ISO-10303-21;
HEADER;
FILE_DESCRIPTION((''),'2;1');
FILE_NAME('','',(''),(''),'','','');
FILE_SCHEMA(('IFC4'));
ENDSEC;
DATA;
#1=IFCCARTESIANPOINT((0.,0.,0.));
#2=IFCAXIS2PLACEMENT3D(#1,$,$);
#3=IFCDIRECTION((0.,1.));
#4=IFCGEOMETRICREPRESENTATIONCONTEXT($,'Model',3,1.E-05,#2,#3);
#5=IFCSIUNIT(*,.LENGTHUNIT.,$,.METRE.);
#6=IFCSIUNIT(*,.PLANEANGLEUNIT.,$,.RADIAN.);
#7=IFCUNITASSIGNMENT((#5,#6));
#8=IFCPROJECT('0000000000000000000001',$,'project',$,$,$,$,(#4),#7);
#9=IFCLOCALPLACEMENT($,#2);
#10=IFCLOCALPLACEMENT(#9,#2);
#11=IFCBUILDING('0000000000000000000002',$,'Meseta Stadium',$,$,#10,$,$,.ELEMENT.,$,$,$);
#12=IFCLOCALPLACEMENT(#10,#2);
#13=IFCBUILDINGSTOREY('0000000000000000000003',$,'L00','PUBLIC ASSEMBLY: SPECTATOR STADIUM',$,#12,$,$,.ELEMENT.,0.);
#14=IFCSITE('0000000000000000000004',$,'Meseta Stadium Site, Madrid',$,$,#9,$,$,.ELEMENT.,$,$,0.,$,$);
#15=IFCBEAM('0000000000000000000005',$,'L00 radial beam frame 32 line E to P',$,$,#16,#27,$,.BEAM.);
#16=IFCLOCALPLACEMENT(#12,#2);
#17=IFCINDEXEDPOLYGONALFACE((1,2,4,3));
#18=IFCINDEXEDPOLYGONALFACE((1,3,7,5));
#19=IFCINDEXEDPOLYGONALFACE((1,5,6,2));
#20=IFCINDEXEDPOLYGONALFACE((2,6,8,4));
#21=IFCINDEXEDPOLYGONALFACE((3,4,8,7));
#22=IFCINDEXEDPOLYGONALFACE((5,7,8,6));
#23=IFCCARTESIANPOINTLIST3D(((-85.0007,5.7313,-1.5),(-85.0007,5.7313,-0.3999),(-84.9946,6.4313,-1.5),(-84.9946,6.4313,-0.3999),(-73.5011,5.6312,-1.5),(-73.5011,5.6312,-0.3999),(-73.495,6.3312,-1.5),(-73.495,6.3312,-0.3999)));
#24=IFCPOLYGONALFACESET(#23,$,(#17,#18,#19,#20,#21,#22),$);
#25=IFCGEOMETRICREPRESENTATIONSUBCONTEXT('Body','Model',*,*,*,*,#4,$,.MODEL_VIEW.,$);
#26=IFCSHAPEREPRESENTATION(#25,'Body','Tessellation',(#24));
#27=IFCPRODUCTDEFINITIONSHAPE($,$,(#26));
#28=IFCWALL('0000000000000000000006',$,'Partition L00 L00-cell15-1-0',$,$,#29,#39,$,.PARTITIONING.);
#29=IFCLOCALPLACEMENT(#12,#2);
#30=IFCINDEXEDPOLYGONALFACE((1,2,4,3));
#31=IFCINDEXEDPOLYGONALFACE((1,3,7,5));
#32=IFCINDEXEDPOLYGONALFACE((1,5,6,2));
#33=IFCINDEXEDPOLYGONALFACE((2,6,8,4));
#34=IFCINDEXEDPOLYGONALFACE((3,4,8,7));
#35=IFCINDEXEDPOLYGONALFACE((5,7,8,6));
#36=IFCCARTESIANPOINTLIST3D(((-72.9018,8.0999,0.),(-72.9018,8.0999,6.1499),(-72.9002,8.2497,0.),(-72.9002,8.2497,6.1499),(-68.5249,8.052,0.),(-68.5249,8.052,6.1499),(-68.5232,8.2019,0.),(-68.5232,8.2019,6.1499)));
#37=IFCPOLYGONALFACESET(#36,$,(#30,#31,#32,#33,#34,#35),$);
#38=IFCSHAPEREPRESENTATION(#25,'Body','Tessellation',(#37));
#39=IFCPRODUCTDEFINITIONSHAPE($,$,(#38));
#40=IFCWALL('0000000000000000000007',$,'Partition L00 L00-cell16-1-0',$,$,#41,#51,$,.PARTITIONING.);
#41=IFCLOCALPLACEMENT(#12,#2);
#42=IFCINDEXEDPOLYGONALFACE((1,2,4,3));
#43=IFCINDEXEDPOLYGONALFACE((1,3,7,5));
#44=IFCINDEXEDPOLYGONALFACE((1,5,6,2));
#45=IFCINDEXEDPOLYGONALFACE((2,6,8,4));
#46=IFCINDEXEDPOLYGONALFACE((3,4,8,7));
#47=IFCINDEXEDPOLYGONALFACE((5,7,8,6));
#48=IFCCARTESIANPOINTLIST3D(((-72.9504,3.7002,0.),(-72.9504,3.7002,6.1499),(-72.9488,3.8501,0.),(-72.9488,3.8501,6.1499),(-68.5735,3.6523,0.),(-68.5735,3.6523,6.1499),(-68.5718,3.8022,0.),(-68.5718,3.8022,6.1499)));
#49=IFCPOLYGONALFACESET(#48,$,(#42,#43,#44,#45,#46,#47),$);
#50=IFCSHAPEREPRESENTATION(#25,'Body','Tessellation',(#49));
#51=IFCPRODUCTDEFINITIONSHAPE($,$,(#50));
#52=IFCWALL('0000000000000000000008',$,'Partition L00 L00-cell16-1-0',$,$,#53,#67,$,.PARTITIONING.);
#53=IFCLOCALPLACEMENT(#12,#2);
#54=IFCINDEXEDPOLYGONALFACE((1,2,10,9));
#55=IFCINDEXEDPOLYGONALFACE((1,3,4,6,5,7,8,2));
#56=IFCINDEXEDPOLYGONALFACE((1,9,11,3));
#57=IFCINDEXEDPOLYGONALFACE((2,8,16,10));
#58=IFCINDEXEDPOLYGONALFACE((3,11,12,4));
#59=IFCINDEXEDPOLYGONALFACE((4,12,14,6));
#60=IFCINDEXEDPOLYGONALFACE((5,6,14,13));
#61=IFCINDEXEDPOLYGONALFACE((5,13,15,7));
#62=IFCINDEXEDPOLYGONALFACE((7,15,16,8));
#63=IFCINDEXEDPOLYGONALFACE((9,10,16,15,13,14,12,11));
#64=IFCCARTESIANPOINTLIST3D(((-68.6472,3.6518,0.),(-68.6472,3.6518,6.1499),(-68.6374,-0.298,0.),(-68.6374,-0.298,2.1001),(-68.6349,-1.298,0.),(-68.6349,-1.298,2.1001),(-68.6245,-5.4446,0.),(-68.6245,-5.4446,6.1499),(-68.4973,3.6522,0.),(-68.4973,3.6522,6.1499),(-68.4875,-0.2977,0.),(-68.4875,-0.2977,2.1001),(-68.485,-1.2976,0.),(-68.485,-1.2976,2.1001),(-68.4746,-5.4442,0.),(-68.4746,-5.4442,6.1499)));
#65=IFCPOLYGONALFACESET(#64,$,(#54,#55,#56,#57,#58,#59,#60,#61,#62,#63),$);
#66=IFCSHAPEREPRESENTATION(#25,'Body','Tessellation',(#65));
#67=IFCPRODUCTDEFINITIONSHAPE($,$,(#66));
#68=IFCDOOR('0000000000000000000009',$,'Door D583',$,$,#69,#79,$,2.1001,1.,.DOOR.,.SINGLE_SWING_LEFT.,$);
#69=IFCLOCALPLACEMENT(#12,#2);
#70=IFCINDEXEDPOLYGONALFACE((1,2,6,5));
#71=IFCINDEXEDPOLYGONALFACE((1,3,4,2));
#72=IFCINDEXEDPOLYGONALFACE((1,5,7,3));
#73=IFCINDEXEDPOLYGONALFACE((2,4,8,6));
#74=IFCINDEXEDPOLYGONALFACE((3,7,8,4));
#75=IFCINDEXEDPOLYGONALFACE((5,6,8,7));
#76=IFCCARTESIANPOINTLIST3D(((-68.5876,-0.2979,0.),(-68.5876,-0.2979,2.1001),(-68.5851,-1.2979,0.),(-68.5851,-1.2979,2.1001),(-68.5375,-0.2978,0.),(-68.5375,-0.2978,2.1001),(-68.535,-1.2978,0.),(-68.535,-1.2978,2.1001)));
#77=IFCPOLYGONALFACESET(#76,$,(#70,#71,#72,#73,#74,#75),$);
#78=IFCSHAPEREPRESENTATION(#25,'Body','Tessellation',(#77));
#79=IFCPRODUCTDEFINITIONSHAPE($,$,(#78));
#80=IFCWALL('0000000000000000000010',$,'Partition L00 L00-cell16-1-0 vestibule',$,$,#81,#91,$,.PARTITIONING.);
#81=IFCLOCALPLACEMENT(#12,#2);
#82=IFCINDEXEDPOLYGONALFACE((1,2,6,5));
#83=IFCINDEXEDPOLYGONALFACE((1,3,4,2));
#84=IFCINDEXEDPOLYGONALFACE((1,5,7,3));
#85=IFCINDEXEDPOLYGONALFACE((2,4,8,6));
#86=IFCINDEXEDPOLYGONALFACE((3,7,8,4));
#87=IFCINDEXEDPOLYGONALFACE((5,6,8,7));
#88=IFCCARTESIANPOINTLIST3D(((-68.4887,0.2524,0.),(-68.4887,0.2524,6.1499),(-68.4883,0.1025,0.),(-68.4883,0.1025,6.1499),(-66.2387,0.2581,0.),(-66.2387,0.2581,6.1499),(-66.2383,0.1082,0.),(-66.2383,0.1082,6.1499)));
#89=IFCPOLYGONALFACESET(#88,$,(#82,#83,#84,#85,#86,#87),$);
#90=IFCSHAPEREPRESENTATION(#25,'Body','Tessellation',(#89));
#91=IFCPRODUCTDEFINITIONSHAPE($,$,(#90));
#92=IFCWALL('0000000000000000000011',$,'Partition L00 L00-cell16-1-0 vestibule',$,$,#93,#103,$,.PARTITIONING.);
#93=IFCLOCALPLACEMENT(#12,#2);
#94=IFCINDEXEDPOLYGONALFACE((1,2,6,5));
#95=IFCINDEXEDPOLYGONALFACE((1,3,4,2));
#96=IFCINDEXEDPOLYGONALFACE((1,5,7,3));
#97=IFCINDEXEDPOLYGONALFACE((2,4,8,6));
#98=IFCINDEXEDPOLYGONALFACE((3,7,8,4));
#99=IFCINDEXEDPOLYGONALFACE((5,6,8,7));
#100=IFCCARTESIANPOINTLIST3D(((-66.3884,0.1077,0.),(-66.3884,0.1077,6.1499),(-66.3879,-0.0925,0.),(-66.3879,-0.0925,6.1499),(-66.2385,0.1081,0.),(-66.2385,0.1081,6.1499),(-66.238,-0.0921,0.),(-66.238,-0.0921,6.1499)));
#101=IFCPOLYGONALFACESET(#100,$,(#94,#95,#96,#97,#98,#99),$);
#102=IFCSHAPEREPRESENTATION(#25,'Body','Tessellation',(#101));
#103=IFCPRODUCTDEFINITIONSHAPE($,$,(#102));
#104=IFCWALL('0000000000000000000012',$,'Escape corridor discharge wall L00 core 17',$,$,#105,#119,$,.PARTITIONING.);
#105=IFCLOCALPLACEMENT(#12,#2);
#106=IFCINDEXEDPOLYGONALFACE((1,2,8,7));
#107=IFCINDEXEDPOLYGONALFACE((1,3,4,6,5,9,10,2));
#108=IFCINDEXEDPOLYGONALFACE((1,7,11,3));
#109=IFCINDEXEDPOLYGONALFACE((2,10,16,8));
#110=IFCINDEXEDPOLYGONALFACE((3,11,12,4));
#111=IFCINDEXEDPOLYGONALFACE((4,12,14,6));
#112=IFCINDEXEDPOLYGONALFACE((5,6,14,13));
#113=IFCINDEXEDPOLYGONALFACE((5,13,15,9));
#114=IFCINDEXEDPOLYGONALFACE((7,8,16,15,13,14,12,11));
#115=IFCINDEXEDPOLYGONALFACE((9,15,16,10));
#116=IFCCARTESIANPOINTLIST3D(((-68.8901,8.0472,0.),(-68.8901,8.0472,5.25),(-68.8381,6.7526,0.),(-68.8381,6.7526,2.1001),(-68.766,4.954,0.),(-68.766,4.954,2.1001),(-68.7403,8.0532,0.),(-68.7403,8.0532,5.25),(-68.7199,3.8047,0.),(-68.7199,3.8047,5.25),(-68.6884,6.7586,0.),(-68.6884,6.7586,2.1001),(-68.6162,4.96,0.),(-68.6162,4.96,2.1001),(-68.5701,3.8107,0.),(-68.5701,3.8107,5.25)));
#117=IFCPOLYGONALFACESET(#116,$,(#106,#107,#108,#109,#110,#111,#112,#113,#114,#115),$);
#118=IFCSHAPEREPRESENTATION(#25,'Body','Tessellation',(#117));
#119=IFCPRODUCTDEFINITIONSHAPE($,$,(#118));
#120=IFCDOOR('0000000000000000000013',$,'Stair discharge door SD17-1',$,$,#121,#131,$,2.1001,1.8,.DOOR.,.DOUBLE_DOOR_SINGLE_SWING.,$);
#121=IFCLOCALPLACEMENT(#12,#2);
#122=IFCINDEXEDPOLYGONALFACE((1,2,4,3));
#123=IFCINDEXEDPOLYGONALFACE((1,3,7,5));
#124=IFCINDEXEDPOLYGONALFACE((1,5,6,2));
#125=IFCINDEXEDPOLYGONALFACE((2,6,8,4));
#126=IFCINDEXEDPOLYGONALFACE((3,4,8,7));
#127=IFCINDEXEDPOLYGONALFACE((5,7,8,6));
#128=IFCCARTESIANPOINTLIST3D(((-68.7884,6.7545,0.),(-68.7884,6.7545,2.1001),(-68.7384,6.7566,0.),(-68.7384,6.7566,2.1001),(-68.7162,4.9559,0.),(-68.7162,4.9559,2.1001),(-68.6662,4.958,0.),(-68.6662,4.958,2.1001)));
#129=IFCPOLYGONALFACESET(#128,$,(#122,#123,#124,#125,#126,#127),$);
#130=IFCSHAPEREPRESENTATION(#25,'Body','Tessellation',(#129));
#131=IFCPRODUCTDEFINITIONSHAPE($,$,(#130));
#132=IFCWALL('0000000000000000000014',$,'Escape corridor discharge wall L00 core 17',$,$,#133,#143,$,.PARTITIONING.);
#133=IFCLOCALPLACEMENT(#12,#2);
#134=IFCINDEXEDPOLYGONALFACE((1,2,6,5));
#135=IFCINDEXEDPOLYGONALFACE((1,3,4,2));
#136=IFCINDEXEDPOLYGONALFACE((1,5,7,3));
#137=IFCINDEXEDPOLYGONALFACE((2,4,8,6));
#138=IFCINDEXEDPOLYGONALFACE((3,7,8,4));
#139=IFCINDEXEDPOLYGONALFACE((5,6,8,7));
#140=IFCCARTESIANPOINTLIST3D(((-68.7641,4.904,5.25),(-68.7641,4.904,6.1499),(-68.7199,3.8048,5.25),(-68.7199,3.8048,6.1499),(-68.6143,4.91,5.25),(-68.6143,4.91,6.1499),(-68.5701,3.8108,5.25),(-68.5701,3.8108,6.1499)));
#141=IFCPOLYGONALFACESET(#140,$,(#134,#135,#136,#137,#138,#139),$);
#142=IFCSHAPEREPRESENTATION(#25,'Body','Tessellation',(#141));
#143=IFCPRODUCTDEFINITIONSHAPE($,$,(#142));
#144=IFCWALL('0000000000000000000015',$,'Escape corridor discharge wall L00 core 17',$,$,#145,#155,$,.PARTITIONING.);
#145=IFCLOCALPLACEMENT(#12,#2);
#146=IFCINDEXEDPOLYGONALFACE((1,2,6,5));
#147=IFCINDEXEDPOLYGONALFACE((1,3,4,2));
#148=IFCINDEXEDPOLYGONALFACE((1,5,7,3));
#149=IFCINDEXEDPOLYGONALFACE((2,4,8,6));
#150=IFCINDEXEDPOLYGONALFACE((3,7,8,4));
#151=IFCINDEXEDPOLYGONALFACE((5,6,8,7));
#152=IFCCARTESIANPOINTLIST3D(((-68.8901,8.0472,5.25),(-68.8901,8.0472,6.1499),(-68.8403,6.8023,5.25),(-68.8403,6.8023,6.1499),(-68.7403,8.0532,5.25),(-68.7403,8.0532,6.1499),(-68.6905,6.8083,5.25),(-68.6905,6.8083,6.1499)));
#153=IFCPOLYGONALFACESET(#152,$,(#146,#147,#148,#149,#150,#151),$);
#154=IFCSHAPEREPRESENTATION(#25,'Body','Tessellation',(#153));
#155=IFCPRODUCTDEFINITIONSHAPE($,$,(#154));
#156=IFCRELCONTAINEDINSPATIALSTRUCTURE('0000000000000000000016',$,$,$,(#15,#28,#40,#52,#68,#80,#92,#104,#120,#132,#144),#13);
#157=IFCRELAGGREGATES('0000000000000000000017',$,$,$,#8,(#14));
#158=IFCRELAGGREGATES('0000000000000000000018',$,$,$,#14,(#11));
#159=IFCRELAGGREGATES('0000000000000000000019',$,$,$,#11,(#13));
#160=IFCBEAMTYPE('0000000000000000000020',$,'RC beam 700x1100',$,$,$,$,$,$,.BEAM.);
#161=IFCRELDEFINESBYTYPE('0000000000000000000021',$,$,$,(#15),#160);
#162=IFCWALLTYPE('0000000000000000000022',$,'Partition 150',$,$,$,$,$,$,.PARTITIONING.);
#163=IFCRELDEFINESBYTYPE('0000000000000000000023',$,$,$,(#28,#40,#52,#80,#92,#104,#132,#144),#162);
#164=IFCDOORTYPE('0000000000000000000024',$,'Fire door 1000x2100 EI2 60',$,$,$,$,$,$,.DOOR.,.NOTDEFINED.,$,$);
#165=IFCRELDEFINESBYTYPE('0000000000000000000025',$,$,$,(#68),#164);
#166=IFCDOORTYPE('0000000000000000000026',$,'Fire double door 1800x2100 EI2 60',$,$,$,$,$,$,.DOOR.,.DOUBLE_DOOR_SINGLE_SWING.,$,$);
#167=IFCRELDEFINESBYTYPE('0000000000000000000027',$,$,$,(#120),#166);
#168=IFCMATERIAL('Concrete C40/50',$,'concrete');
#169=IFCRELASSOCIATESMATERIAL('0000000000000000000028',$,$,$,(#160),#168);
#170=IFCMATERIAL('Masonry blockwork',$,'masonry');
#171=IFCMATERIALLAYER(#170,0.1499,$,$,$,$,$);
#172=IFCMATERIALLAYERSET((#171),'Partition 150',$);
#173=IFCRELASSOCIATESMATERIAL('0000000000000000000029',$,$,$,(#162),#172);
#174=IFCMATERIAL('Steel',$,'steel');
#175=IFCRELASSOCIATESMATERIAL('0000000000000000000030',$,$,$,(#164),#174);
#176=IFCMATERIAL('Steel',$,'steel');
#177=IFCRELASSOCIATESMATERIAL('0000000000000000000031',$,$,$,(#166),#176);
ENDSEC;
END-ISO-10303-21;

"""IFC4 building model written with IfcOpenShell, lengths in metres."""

from ifc_helpers import new_model, si_unit, direction, frame, frame_2d, origin, origin_2d, place, context, subcontext, project, spatial, rectangle, extrude, material, layer, layer_set, material_profile, profile_set, type_object, element, fill, save


model = new_model("IFC4")

# Units and contexts
model_context = context("Model", 3, precision=1e-05, world=origin(), true_north=direction((0.0, 1.0)))
body_context = subcontext(model_context, "Body", "Model", "MODEL_VIEW")
ifc_project = project(units=[si_unit("LENGTHUNIT", "METRE"), si_unit("PLANEANGLEUNIT", "RADIAN")], contexts=[model_context])

# Site, building, storey
site_placement = place(None, origin())
site = spatial("IfcSite", under=ifc_project, at=site_placement, Name="Meseta Stadium Site, Madrid", CompositionType="ELEMENT", RefElevation=0.0)
building_placement = place(site_placement, origin())
building = spatial("IfcBuilding", under=site, at=building_placement, Name="Meseta Stadium", CompositionType="ELEMENT")
storey_placement = place(building_placement, origin())
storey = spatial("IfcBuildingStorey", under=building, at=storey_placement, Name="L00", Description="PUBLIC ASSEMBLY: SPECTATOR STADIUM", CompositionType="ELEMENT", Elevation=0.0)

# Beam
ifc_material_1 = material(Name="Concrete C40/50", Category="concrete")
ifc_material_profile_1 = material_profile(ifc_material_1, rectangle(XDim=0.7, YDim=1.1001, at=origin_2d()), Name="RC 700x1100")
ifc_profile_set_1 = profile_set([ifc_material_profile_1], Name="Concrete C40/50")
beam_type_1 = type_object("IfcBeamType", Name="RC beam 700x1100", PredefinedType="BEAM", material=ifc_profile_set_1)
beam_1_placement = place(storey_placement, frame((-73.498, 5.9812, -0.95), z_axis=(-0.999962, 0.008704, 0.0), x_axis=(-0.008704, -0.999962, 0.0)))
element("IfcBeam", 1, at=beam_1_placement, inside=storey, type_object=beam_type_1, Name="L00 radial beam frame 32 line E to P", PredefinedType="BEAM", context=body_context, shape_type="SweptSolid", body=[
    extrude(rectangle(XDim=0.7, YDim=1.1001, at=origin_2d()), origin(), (0.0, 0.0, 1.0), 11.5),
])

# Walls
ifc_material_2 = material(Name="Masonry blockwork", Category="masonry")
ifc_layer = layer(ifc_material_2, 0.1499)
ifc_layer_set = layer_set([ifc_layer], Name="Partition 150")
wall_type = type_object("IfcWallType", Name="Partition 150", PredefinedType="PARTITIONING", material=ifc_layer_set)
for number, where, z_axis, x_axis, name in (
    (2, (-68.5242, 8.127, 0.0), (0.0, 0.0, 1.0), (-0.99994, 0.010932, 0.0), "Partition L00 L00-cell15-1-0"),
    (3, (-72.9495, 3.7751, 0.0), (0.0, 0.0, 1.0), (0.99994, -0.010932, 0.0), "Partition L00 L00-cell16-1-0"),
):
    element("IfcWall", number, at=place(storey_placement, frame(where, z_axis=z_axis, x_axis=x_axis)), inside=storey, type_object=wall_type, Name=name, PredefinedType="PARTITIONING", context=body_context, shape_type="SweptSolid", body=[
        extrude(rectangle(XDim=4.3772, YDim=0.1499, at=frame_2d((2.1885, 0.0))), origin(), (0.0, 0.0, 1.0), 6.1499),
    ])

# Wall, opening, door
wall_1_placement = place(storey_placement, frame((-68.5723, 3.6521, 0.0), z_axis=(0.0, 0.0, 1.0), x_axis=(0.002496, -0.999997, 0.0)))
wall_1 = element("IfcWall", 4, at=wall_1_placement, inside=storey, type_object=wall_type, Name="Partition L00 L00-cell16-1-0", PredefinedType="PARTITIONING", context=body_context, shape_type="SweptSolid", body=[
    extrude(rectangle(XDim=9.0964, YDim=0.1499, at=frame_2d((4.5483, 0.0))), origin(), (0.0, 0.0, 1.0), 6.1499),
])
opening_1_placement = place(wall_1_placement, frame((3.95, 0.0, 0.0)))
opening_1 = element("IfcOpeningElement", 5, at=opening_1_placement, cuts=wall_1, PredefinedType="OPENING", context=body_context, shape_type="SweptSolid", body=[
    extrude(rectangle(XDim=1.0, YDim=2.1001, at=frame_2d((0.5, 1.05))), frame((0.0, 0.085, 0.0), z_axis=(0.0, -1.0, 0.0), x_axis=(1.0, 0.0, 0.0)), (0.0, 0.0, 1.0), 0.1699),
])
ifc_material_3 = material(Name="Steel", Category="steel")
door_type_1 = type_object("IfcDoorType", Name="Fire door 1000x2100 EI2 60", OperationType="NOTDEFINED", PredefinedType="DOOR", material=ifc_material_3)
door_1_placement = place(opening_1_placement, origin())
door_1 = element("IfcDoor", 6, at=door_1_placement, inside=storey, type_object=door_type_1, Name="Door D583", OperationType="SINGLE_SWING_LEFT", OverallHeight=2.1001, OverallWidth=1.0, PredefinedType="DOOR", context=body_context, shape_type="SweptSolid", body=[
    extrude(rectangle(XDim=1.0, YDim=2.1001, at=frame_2d((0.5, 1.05))), frame((0.0, 0.0249, 0.0), z_axis=(0.0, -1.0, 0.0), x_axis=(1.0, 0.0, 0.0)), (0.0, 0.0, 1.0), 0.05),
])
fill(opening_1, door_1)

# Walls
wall_2_placement = place(storey_placement, frame((-68.4885, 0.1775, 0.0), z_axis=(0.0, 0.0, 1.0), x_axis=(0.999997, 0.002496, 0.0)))
element("IfcWall", 7, at=wall_2_placement, inside=storey, type_object=wall_type, Name="Partition L00 L00-cell16-1-0 vestibule", PredefinedType="PARTITIONING", context=body_context, shape_type="SweptSolid", body=[
    extrude(rectangle(XDim=2.25, YDim=0.1499, at=frame_2d((1.125, 0.0))), origin(), (0.0, 0.0, 1.0), 6.1499),
])
wall_3_placement = place(storey_placement, frame((-66.3135, 0.1079, 0.0), z_axis=(0.0, 0.0, 1.0), x_axis=(0.002439, -0.999997, 0.0)))
element("IfcWall", 8, at=wall_3_placement, inside=storey, type_object=wall_type, Name="Partition L00 L00-cell16-1-0 vestibule", PredefinedType="PARTITIONING", context=body_context, shape_type="SweptSolid", body=[
    extrude(rectangle(XDim=0.2002, YDim=0.1499, at=frame_2d((0.1001, 0.0))), origin(), (0.0, 0.0, 1.0), 6.1499),
])

# Wall, opening, door
wall_4_placement = place(storey_placement, frame((-68.8152, 8.0503, 0.0), z_axis=(0.0, 0.0, 1.0), x_axis=(0.040078, -0.999197, 0.0)))
wall_4 = element("IfcWall", 9, at=wall_4_placement, inside=storey, type_object=wall_type, Name="Escape corridor discharge wall L00 core 17", PredefinedType="PARTITIONING", context=body_context, shape_type="SweptSolid", body=[
    extrude(rectangle(XDim=4.2458, YDim=0.1499, at=frame_2d((2.123, 0.0))), origin(), (0.0, 0.0, 1.0), 5.25),
])
opening_2_placement = place(wall_4_placement, frame((1.2959, 0.0, 0.0)))
opening_2 = element("IfcOpeningElement", 10, at=opening_2_placement, cuts=wall_4, PredefinedType="OPENING", context=body_context, shape_type="SweptSolid", body=[
    extrude(rectangle(XDim=1.8, YDim=2.1001, at=frame_2d((0.8999, 1.05))), frame((0.0, 0.085, 0.0), z_axis=(0.0, -1.0, 0.0), x_axis=(1.0, 0.0, 0.0)), (0.0, 0.0, 1.0), 0.1699),
])
ifc_material_4 = material(Name="Steel", Category="steel")
door_type_2 = type_object("IfcDoorType", Name="Fire double door 1800x2100 EI2 60", OperationType="DOUBLE_DOOR_SINGLE_SWING", PredefinedType="DOOR", material=ifc_material_4)
door_2_placement = place(opening_2_placement, origin())
door_2 = element("IfcDoor", 11, at=door_2_placement, inside=storey, type_object=door_type_2, Name="Stair discharge door SD17-1", OperationType="DOUBLE_DOOR_SINGLE_SWING", OverallHeight=2.1001, OverallWidth=1.8, PredefinedType="DOOR", context=body_context, shape_type="SweptSolid", body=[
    extrude(rectangle(XDim=1.8, YDim=2.1001, at=frame_2d((0.8999, 1.05))), frame((0.0, 0.0249, 0.0), z_axis=(0.0, -1.0, 0.0), x_axis=(1.0, 0.0, 0.0)), (0.0, 0.0, 1.0), 0.05),
])
fill(opening_2, door_2)

# Walls
wall_5_placement = place(storey_placement, frame((-68.6892, 4.907, 5.25), z_axis=(0.0, 0.0, 1.0), x_axis=(0.040172, -0.999193, 0.0)))
element("IfcWall", 12, at=wall_5_placement, inside=storey, type_object=wall_type, Name="Escape corridor discharge wall L00 core 17", PredefinedType="PARTITIONING", context=body_context, shape_type="SweptSolid", body=[
    extrude(rectangle(XDim=1.1001, YDim=0.1499, at=frame_2d((0.55, 0.0))), origin(), (0.0, 0.0, 1.0), 0.8999),
])
wall_6_placement = place(storey_placement, frame((-68.8152, 8.0503, 5.25), z_axis=(0.0, 0.0, 1.0), x_axis=(0.039976, -0.999201, 0.0)))
element("IfcWall", 13, at=wall_6_placement, inside=storey, type_object=wall_type, Name="Escape corridor discharge wall L00 core 17", PredefinedType="PARTITIONING", context=body_context, shape_type="SweptSolid", body=[
    extrude(rectangle(XDim=1.2458, YDim=0.1499, at=frame_2d((0.623, 0.0))), origin(), (0.0, 0.0, 1.0), 0.8999),
])

save(model, "model.ifc")
